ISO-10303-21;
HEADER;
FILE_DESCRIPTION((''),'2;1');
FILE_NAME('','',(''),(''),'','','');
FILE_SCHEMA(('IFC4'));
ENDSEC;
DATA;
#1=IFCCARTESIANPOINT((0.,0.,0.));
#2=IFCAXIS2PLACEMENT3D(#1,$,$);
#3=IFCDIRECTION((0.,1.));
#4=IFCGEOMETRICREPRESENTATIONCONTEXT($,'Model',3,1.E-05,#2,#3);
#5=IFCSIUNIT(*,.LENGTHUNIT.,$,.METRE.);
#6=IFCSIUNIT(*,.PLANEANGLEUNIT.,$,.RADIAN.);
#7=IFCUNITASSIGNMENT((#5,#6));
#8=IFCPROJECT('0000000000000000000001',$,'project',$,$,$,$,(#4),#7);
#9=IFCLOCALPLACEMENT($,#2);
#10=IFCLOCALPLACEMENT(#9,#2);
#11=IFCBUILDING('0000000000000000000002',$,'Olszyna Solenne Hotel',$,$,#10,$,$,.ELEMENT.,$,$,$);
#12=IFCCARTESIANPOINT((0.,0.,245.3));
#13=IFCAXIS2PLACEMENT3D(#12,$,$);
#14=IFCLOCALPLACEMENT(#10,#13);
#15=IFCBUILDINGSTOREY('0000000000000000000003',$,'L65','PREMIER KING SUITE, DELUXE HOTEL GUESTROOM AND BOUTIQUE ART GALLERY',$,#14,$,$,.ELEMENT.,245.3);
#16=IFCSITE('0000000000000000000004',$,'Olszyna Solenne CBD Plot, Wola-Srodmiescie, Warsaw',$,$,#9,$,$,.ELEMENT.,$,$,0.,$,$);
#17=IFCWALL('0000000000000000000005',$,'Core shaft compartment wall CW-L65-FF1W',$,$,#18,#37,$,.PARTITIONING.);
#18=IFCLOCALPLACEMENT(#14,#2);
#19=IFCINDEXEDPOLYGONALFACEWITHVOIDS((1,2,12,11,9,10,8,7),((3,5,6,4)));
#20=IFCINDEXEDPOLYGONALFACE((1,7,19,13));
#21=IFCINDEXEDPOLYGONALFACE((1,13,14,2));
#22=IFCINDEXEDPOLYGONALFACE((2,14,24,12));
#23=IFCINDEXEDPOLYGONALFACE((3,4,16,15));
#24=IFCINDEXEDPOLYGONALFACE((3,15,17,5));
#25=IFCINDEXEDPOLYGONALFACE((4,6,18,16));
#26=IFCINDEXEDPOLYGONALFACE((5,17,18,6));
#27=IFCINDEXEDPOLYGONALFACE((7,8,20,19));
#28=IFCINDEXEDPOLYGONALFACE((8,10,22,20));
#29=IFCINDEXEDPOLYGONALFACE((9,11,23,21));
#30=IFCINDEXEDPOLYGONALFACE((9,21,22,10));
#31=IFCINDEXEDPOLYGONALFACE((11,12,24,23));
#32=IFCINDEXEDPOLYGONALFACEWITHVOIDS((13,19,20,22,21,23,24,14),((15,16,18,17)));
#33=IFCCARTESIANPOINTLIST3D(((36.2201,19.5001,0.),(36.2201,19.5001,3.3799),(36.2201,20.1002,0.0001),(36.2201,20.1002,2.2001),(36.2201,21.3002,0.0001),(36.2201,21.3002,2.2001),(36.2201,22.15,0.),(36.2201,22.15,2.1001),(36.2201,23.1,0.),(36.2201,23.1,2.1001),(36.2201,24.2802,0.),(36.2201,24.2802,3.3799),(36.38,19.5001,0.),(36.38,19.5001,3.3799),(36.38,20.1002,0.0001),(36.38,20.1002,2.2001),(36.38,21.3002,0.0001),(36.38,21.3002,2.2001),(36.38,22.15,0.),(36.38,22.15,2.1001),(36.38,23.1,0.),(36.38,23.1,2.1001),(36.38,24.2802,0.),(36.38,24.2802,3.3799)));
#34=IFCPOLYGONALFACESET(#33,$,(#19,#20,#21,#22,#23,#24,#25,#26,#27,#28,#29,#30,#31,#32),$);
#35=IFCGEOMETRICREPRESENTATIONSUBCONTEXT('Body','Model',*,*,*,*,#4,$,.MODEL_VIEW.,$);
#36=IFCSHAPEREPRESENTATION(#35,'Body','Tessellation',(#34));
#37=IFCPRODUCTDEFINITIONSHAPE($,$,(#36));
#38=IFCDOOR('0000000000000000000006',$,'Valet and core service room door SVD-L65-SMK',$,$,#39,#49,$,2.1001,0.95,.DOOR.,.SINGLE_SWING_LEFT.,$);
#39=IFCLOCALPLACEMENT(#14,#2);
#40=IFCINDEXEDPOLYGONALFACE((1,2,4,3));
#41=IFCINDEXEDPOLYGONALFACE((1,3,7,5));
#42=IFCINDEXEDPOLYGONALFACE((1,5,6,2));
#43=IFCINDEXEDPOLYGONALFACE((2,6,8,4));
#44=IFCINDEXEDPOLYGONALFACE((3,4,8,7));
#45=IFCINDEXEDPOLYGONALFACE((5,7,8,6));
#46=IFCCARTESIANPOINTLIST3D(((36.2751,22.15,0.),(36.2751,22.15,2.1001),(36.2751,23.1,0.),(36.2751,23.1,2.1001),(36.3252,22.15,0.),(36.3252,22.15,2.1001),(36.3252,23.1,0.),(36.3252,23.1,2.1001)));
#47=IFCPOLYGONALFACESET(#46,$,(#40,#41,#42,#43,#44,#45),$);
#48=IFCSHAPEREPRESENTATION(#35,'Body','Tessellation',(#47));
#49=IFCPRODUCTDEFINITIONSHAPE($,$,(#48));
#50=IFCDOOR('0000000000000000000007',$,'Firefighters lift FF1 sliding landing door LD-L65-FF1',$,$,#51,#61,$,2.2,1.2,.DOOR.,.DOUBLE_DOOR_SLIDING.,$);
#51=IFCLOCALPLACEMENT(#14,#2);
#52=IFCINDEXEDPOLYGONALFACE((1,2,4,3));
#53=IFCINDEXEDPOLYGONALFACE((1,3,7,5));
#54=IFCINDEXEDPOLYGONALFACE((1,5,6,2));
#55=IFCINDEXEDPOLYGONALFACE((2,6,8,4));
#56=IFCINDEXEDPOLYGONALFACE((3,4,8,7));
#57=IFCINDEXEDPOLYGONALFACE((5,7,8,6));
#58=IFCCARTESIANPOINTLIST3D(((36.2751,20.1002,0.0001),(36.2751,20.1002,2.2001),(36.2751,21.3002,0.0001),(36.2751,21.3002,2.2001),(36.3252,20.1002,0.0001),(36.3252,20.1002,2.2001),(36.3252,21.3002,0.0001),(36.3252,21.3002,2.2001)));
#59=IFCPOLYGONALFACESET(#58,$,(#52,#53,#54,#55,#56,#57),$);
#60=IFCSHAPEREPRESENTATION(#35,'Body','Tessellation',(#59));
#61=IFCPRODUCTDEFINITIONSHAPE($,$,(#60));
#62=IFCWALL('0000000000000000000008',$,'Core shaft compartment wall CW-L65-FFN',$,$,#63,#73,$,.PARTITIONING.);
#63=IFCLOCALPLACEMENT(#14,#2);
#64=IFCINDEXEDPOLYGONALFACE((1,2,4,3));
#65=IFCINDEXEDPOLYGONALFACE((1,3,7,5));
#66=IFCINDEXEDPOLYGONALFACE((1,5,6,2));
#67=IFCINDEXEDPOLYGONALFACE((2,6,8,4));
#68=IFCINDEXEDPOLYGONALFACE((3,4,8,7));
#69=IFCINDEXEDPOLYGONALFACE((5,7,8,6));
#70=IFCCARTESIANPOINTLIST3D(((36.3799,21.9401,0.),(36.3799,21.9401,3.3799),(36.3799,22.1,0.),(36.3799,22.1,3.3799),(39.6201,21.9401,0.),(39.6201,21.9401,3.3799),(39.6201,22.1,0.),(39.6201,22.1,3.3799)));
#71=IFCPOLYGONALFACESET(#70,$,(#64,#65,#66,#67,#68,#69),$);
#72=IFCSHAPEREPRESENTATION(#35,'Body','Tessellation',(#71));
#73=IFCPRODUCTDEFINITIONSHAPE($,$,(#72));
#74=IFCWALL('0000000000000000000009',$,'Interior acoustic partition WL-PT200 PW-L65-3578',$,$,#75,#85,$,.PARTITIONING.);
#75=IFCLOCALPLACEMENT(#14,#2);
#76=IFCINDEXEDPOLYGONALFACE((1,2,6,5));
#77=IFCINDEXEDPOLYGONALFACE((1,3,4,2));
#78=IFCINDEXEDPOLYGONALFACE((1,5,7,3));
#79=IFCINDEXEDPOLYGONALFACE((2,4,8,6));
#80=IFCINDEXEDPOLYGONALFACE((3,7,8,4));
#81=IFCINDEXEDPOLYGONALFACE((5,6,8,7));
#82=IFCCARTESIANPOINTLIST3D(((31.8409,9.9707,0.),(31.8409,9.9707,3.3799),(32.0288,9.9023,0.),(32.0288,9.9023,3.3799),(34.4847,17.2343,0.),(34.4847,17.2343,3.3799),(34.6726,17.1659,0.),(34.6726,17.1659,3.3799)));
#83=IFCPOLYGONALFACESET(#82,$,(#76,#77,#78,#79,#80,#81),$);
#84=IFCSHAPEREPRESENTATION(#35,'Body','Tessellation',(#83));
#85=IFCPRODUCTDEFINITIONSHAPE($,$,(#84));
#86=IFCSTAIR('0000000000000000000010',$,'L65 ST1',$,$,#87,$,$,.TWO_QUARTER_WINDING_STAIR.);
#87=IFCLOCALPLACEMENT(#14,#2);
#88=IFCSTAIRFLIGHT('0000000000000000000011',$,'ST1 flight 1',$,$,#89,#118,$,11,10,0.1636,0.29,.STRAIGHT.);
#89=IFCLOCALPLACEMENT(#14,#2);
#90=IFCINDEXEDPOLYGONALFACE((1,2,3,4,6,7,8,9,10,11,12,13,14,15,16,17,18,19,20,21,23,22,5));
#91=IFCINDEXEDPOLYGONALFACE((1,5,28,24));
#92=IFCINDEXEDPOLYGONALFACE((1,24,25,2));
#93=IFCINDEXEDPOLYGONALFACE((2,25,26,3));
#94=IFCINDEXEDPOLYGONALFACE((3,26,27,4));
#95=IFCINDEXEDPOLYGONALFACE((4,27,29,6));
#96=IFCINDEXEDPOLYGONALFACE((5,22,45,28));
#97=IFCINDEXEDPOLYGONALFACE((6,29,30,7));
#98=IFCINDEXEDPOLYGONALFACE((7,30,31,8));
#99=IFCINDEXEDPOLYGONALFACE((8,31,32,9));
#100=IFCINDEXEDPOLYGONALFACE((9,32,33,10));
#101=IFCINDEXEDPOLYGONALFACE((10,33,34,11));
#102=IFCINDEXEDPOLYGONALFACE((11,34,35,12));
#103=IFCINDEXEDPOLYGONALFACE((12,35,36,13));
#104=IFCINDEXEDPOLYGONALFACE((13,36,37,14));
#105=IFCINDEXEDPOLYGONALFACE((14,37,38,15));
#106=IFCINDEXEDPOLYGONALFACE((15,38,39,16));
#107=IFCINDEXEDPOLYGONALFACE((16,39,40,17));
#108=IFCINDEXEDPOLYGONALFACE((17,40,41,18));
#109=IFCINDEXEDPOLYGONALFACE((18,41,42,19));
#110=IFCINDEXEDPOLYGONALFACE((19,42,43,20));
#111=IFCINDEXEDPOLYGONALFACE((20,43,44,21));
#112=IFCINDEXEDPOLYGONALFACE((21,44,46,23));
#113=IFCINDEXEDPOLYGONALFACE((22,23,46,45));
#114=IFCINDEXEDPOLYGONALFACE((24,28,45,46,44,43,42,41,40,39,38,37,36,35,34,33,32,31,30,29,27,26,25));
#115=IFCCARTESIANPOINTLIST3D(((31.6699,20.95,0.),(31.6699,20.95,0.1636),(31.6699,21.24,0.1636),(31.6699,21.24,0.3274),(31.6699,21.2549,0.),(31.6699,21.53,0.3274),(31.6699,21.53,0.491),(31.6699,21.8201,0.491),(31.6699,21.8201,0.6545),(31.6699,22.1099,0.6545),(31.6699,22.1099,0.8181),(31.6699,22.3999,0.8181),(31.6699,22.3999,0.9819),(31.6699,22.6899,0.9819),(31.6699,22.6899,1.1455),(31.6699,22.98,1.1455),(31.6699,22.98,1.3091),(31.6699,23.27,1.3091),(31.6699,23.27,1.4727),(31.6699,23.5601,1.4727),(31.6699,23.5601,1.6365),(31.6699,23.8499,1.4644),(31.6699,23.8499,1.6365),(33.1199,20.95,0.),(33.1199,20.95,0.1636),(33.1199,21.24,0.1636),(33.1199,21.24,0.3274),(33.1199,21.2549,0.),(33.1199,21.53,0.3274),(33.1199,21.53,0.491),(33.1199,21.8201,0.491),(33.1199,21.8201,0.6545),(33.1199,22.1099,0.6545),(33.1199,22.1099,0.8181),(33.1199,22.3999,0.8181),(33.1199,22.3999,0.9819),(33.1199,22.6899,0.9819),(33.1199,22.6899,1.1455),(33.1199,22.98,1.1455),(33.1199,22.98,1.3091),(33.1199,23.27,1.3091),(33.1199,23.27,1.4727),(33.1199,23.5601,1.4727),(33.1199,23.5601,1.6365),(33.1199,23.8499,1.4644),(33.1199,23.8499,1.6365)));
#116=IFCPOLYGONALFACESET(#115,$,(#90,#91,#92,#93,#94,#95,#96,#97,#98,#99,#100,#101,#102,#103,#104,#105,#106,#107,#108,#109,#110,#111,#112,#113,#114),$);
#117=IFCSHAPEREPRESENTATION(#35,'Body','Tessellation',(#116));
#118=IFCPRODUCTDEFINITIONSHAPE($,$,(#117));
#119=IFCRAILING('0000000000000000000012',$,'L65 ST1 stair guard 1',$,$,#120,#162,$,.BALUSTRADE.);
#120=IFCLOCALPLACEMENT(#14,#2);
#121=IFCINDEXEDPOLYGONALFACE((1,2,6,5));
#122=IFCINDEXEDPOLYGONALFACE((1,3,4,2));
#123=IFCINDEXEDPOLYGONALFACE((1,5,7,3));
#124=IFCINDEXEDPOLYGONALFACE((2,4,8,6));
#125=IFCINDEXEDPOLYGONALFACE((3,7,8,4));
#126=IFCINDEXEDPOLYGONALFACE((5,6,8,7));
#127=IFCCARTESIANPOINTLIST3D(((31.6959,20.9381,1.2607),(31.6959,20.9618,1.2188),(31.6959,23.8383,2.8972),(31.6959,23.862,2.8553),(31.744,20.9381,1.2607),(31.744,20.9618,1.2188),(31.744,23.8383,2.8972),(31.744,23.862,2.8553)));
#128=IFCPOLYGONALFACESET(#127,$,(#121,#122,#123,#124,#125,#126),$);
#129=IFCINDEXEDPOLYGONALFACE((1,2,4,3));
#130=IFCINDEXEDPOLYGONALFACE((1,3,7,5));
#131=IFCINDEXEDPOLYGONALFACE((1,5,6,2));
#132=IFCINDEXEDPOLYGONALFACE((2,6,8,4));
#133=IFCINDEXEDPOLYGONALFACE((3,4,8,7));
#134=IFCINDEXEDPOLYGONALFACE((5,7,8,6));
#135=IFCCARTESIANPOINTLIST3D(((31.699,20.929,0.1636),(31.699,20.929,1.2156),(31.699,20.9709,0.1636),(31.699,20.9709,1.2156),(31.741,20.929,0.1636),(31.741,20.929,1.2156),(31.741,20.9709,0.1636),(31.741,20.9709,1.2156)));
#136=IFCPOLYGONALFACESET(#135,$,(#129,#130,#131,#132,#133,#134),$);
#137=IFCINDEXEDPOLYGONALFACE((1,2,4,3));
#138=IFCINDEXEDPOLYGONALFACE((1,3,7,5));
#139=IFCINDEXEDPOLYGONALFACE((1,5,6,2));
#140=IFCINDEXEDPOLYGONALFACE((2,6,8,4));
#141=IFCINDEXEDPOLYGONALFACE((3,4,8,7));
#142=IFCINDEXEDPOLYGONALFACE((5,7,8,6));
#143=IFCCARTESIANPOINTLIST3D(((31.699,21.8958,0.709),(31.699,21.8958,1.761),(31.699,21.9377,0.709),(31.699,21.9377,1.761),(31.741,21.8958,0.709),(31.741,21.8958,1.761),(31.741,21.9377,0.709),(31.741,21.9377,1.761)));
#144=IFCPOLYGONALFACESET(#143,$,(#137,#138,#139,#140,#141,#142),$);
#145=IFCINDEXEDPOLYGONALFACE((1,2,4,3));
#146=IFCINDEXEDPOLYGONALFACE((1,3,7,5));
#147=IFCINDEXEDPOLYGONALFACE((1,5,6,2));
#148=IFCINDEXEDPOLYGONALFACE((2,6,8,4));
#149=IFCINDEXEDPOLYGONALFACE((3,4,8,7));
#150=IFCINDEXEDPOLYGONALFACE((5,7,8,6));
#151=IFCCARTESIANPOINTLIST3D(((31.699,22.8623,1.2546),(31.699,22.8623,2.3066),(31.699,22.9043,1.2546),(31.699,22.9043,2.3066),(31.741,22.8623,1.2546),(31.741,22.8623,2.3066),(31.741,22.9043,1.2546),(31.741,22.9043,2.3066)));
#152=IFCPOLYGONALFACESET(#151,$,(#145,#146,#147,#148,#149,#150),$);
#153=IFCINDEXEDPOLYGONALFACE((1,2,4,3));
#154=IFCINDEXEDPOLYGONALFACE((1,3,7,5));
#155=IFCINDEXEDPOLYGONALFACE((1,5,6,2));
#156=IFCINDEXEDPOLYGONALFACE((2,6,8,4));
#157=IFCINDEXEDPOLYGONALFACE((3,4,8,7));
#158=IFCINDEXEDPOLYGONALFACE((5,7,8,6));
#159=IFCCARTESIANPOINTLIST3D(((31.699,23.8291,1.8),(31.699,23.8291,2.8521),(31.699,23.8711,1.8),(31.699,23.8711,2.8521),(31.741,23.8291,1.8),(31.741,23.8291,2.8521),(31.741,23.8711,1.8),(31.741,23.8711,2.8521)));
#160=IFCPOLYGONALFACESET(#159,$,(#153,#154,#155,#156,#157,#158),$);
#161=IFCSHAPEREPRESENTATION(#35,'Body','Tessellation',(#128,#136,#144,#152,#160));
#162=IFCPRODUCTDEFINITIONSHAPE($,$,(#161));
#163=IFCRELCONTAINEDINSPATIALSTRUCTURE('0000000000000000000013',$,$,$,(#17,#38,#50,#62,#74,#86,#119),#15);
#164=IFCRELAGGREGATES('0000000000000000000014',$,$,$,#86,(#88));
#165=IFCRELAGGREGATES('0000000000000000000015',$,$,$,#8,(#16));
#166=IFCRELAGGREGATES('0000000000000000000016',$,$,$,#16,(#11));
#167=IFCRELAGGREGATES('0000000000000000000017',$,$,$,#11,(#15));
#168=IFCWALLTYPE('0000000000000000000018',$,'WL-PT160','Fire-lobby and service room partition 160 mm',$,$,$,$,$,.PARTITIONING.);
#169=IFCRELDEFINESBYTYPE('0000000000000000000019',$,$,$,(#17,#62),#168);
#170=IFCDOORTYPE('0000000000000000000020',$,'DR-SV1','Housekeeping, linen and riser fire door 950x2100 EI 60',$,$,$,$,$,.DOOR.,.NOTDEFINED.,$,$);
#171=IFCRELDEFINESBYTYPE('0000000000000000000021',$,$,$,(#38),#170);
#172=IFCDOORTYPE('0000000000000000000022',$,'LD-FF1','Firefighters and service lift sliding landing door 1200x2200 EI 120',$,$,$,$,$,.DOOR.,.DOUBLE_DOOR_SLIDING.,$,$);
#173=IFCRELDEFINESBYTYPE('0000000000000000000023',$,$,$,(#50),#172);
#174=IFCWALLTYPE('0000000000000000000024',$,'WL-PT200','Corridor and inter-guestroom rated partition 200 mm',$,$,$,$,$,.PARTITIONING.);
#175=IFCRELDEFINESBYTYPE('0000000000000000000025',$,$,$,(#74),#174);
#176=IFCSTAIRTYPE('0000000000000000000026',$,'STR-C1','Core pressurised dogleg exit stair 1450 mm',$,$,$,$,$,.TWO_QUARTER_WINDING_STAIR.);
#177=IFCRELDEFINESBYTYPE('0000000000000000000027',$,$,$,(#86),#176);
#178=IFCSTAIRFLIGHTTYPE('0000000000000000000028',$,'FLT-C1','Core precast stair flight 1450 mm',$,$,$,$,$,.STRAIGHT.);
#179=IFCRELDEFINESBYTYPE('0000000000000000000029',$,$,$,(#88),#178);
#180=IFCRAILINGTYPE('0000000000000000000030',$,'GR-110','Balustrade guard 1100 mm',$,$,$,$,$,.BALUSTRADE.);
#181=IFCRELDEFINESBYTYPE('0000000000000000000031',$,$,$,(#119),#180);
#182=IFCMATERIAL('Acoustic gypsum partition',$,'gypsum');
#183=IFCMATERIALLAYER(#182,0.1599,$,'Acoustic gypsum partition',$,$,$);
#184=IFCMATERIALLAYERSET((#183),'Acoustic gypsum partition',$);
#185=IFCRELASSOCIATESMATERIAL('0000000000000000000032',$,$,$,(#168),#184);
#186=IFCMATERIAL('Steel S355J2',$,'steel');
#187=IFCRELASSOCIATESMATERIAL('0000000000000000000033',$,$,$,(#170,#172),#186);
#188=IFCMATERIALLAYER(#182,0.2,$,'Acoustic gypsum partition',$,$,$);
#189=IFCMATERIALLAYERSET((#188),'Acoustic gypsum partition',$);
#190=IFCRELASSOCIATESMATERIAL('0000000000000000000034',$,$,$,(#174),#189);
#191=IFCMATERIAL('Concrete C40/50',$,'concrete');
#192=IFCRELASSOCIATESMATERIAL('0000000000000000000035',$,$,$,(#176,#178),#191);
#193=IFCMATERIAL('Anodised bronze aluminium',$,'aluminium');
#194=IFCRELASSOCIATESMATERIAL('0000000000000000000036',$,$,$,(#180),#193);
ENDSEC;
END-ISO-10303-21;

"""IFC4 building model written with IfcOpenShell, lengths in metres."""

from ifc_helpers import new_model, si_unit, direction, frame, frame_2d, origin, origin_2d, place, context, subcontext, project, spatial, polyline, rectangle, outline, extrude, source, transform, mapped, material, layer, layer_set, type_object, type_shapes, element, fill, aggregate, save


model = new_model("IFC4")

# Units and contexts
model_context = context("Model", 3, precision=1e-05, world=origin(), true_north=direction((0.0, 1.0)))
body_context = subcontext(model_context, "Body", "Model", "MODEL_VIEW")
ifc_project = project(units=[si_unit("LENGTHUNIT", "METRE"), si_unit("PLANEANGLEUNIT", "RADIAN")], contexts=[model_context])

# Site, building, storey
site_placement = place(None, origin())
site = spatial("IfcSite", under=ifc_project, at=site_placement, Name="Olszyna Solenne CBD Plot, Wola-Srodmiescie, Warsaw", CompositionType="ELEMENT", RefElevation=0.0)
building_placement = place(site_placement, origin())
building = spatial("IfcBuilding", under=site, at=building_placement, Name="Olszyna Solenne Hotel", CompositionType="ELEMENT")
storey_placement = place(building_placement, frame((0.0, 0.0, 245.3)))
storey = spatial("IfcBuildingStorey", under=building, at=storey_placement, Name="L65", Description="PREMIER KING SUITE, DELUXE HOTEL GUESTROOM AND BOUTIQUE ART GALLERY", CompositionType="ELEMENT", Elevation=245.3)

# Shared definitions
ifc_material_1 = material(Name="Steel S355J2", Category="steel")

# Shared definitions
ifc_material_2 = material(Name="Anodised bronze aluminium", Category="aluminium")

# Shared definitions
ifc_material_3 = material(Name="Acoustic gypsum partition", Category="gypsum")

# Shared definitions
ifc_layer_1 = layer(ifc_material_3, 0.1599, Name="Acoustic gypsum partition")
ifc_layer_set_1 = layer_set([ifc_layer_1], Name="Acoustic gypsum partition")
wall_type_1 = type_object("IfcWallType", Name="WL-PT160", Description="Fire-lobby and service room partition 160 mm", PredefinedType="PARTITIONING", material=ifc_layer_set_1)

# Wall, openings, doors
wall_1_placement = place(storey_placement, frame((36.3, 19.5, 0.0), z_axis=(0.0, 0.0, 1.0), x_axis=(0.0, 1.0, 0.0)))
wall_1 = element("IfcWall", 1, at=wall_1_placement, inside=storey, type_object=wall_type_1, Name="Core shaft compartment wall CW-L65-FF1W", PredefinedType="PARTITIONING", context=body_context, shape_type="SweptSolid", body=[
    extrude(rectangle(XDim=4.78, YDim=0.1599, at=frame_2d((2.3901, 0.0))), origin(), (0.0, 0.0, 1.0), 3.3799),
])
opening_1_placement = place(wall_1_placement, frame((0.6001, 0.0, 0.0)))
opening_1 = element("IfcOpeningElement", 2, at=opening_1_placement, cuts=wall_1, PredefinedType="OPENING", context=body_context, shape_type="SweptSolid", body=[
    extrude(rectangle(XDim=1.2, YDim=2.2, at=frame_2d((0.6001, 1.1001))), frame((0.0, 0.0898, 0.0), z_axis=(0.0, -1.0, 0.0), x_axis=(1.0, 0.0, 0.0)), (0.0, 0.0, 1.0), 0.1799),
])
opening_2_placement = place(wall_1_placement, frame((2.6499, 0.0, 0.0)))
opening_2 = element("IfcOpeningElement", 3, at=opening_2_placement, cuts=wall_1, PredefinedType="OPENING", context=body_context, shape_type="SweptSolid", body=[
    extrude(rectangle(XDim=0.95, YDim=2.1001, at=frame_2d((0.4751, 1.05))), frame((0.0, 0.0898, 0.0), z_axis=(0.0, -1.0, 0.0), x_axis=(1.0, 0.0, 0.0)), (0.0, 0.0, 1.0), 0.1799),
])
door_type_1 = type_object("IfcDoorType", Name="DR-SV1", Description="Housekeeping, linen and riser fire door 950x2100 EI 60", OperationType="NOTDEFINED", PredefinedType="DOOR", material=ifc_material_1)
shared_shape_1 = source(origin(), body_context, "Body", "SweptSolid", [
    extrude(rectangle(XDim=0.95, YDim=2.1001, at=frame_2d((0.4751, 1.05))), frame((0.0, 0.0249, 0.0), z_axis=(0.0, -1.0, 0.0), x_axis=(1.0, 0.0, 0.0)), (0.0, 0.0, 1.0), 0.05),
])
type_shapes(door_type_1, [shared_shape_1])
door_1_placement = place(opening_2_placement, origin())
door_1 = element("IfcDoor", 4, at=door_1_placement, inside=storey, type_object=door_type_1, Name="Valet and core service room door SVD-L65-SMK", OperationType="SINGLE_SWING_LEFT", OverallHeight=2.1001, OverallWidth=0.95, PredefinedType="DOOR", context=body_context, shape_type="MappedRepresentation", body=[
    mapped(shared_shape_1, transform((0.0, 0.0, 0.0), x_axis=(1.0, 0.0, 0.0), y_axis=(0.0, 1.0, 0.0), z_axis=(0.0, 0.0, 1.0), scale=1.0)),
])
fill(opening_2, door_1)
door_type_2 = type_object("IfcDoorType", Name="LD-FF1", Description="Firefighters and service lift sliding landing door 1200x2200 EI 120", OperationType="DOUBLE_DOOR_SLIDING", PredefinedType="DOOR", material=ifc_material_1)
shared_shape_2 = source(origin(), body_context, "Body", "SweptSolid", [
    extrude(rectangle(XDim=1.2, YDim=2.2, at=frame_2d((0.6001, 1.1001))), frame((0.0, 0.0249, 0.0), z_axis=(0.0, -1.0, 0.0), x_axis=(1.0, 0.0, 0.0)), (0.0, 0.0, 1.0), 0.05),
])
type_shapes(door_type_2, [shared_shape_2])
door_2_placement = place(opening_1_placement, origin())
door_2 = element("IfcDoor", 5, at=door_2_placement, inside=storey, type_object=door_type_2, Name="Firefighters lift FF1 sliding landing door LD-L65-FF1", OperationType="DOUBLE_DOOR_SLIDING", OverallHeight=2.2, OverallWidth=1.2, PredefinedType="DOOR", context=body_context, shape_type="MappedRepresentation", body=[
    mapped(shared_shape_2, transform((0.0, 0.0, 0.0), x_axis=(1.0, 0.0, 0.0), y_axis=(0.0, 1.0, 0.0), z_axis=(0.0, 0.0, 1.0), scale=1.0)),
])
fill(opening_1, door_2)

# Walls
wall_2_placement = place(storey_placement, frame((36.3799, 22.02, 0.0), z_axis=(0.0, 0.0, 1.0), x_axis=(1.0, 0.0, 0.0)))
element("IfcWall", 6, at=wall_2_placement, inside=storey, type_object=wall_type_1, Name="Core shaft compartment wall CW-L65-FFN", PredefinedType="PARTITIONING", context=body_context, shape_type="SweptSolid", body=[
    extrude(rectangle(XDim=3.2402, YDim=0.1599, at=frame_2d((1.6201, 0.0))), origin(), (0.0, 0.0, 1.0), 3.3799),
])
ifc_layer_2 = layer(ifc_material_3, 0.2, Name="Acoustic gypsum partition")
ifc_layer_set_2 = layer_set([ifc_layer_2], Name="Acoustic gypsum partition")
wall_type_2 = type_object("IfcWallType", Name="WL-PT200", Description="Corridor and inter-guestroom rated partition 200 mm", PredefinedType="PARTITIONING", material=ifc_layer_set_2)
wall_3_placement = place(storey_placement, frame((34.5786, 17.2, 0.0), z_axis=(0.0, 0.0, 1.0), x_axis=(-0.342025, -0.939691, 0.0)))
element("IfcWall", 7, at=wall_3_placement, inside=storey, type_object=wall_type_2, Name="Interior acoustic partition WL-PT200 PW-L65-3578", PredefinedType="PARTITIONING", context=body_context, shape_type="SweptSolid", body=[
    extrude(rectangle(XDim=7.7297, YDim=0.2, at=frame_2d((3.8647, 0.0))), origin(), (0.0, 0.0, 1.0), 3.3799),
])

# Stair, stair flight
ifc_material_4 = material(Name="Concrete C40/50", Category="concrete")
stair_type = type_object("IfcStairType", Name="STR-C1", Description="Core pressurised dogleg exit stair 1450 mm", PredefinedType="TWO_QUARTER_WINDING_STAIR", material=ifc_material_4)
stair_placement = place(storey_placement, origin())
stair = element("IfcStair", 8, at=stair_placement, inside=storey, type_object=stair_type, Name="L65 ST1", PredefinedType="TWO_QUARTER_WINDING_STAIR")
stair_flight_type = type_object("IfcStairFlightType", Name="FLT-C1", Description="Core precast stair flight 1450 mm", PredefinedType="STRAIGHT", material=ifc_material_4)
stair_flight_placement = place(storey_placement, frame((32.395, 20.95, 0.0), z_axis=(0.0, 0.0, 1.0), x_axis=(0.0, 1.0, 0.0)))
stair_flight = element("IfcStairFlight", 9, at=stair_flight_placement, type_object=stair_flight_type, Name="ST1 flight 1", NumberOfRisers=11, NumberOfTreads=10, PredefinedType="STRAIGHT", RiserHeight=0.1636, TreadLength=0.29, context=body_context, shape_type="SweptSolid", body=[
    extrude(outline(polyline([(0.0, 0.0), (0.0, 0.1636), (0.29, 0.1636), (0.29, 0.3274), (0.5801, 0.3274), (0.5801, 0.491), (0.8701, 0.491), (0.8701, 0.6545), (1.1599, 0.6545), (1.1599, 0.8181), (1.45, 0.8181), (1.45, 0.9819), (1.74, 0.9819), (1.74, 1.1455), (2.03, 1.1455), (2.03, 1.3091), (2.3201, 1.3091), (2.3201, 1.4727), (2.6101, 1.4727), (2.6101, 1.6365), (2.8999, 1.6365), (2.8999, 1.8), (2.8999, 1.4644), (0.3049, 0.0), (0.0, 0.0)])), frame((0.0, 0.7251, 0.0), z_axis=(0.0, -1.0, 0.0), x_axis=(1.0, 0.0, 0.0)), (0.0, 0.0, 1.0), 1.45),
])
aggregate(stair, [stair_flight])

# Railing
railing_type_1 = type_object("IfcRailingType", Name="GR-110", Description="Balustrade guard 1100 mm", PredefinedType="BALUSTRADE", material=ifc_material_2)
railing_1_placement = place(storey_placement, frame((31.72, 20.95, 0.1636)))
element("IfcRailing", 10, at=railing_1_placement, inside=storey, type_object=railing_type_1, Name="L65 ST1 stair guard 1", PredefinedType="BALUSTRADE", context=body_context, shape_type="SweptSolid", body=[
    extrude(rectangle(XDim=0.0481, YDim=0.0481, at=origin_2d()), frame((0.0, 0.0, 1.0762), z_axis=(0.0, 0.870915, 0.491434), x_axis=(-1.0, 0.0, 0.0)), (0.0, 0.0, 1.0), 3.3301),
    extrude(rectangle(XDim=0.042, YDim=0.042, at=origin_2d()), origin(), (0.0, 0.0, 1.0), 1.052),
    extrude(rectangle(XDim=0.042, YDim=0.042, at=origin_2d()), frame((0.0, 0.9668, 0.5454)), (0.0, 0.0, 1.0), 1.052),
    extrude(rectangle(XDim=0.042, YDim=0.042, at=origin_2d()), frame((0.0, 1.9333, 1.0911)), (0.0, 0.0, 1.0), 1.052),
    extrude(rectangle(XDim=0.042, YDim=0.042, at=origin_2d()), frame((0.0, 2.9001, 1.6365)), (0.0, 0.0, 1.0), 1.052),
])

save(model, "model.ifc")
